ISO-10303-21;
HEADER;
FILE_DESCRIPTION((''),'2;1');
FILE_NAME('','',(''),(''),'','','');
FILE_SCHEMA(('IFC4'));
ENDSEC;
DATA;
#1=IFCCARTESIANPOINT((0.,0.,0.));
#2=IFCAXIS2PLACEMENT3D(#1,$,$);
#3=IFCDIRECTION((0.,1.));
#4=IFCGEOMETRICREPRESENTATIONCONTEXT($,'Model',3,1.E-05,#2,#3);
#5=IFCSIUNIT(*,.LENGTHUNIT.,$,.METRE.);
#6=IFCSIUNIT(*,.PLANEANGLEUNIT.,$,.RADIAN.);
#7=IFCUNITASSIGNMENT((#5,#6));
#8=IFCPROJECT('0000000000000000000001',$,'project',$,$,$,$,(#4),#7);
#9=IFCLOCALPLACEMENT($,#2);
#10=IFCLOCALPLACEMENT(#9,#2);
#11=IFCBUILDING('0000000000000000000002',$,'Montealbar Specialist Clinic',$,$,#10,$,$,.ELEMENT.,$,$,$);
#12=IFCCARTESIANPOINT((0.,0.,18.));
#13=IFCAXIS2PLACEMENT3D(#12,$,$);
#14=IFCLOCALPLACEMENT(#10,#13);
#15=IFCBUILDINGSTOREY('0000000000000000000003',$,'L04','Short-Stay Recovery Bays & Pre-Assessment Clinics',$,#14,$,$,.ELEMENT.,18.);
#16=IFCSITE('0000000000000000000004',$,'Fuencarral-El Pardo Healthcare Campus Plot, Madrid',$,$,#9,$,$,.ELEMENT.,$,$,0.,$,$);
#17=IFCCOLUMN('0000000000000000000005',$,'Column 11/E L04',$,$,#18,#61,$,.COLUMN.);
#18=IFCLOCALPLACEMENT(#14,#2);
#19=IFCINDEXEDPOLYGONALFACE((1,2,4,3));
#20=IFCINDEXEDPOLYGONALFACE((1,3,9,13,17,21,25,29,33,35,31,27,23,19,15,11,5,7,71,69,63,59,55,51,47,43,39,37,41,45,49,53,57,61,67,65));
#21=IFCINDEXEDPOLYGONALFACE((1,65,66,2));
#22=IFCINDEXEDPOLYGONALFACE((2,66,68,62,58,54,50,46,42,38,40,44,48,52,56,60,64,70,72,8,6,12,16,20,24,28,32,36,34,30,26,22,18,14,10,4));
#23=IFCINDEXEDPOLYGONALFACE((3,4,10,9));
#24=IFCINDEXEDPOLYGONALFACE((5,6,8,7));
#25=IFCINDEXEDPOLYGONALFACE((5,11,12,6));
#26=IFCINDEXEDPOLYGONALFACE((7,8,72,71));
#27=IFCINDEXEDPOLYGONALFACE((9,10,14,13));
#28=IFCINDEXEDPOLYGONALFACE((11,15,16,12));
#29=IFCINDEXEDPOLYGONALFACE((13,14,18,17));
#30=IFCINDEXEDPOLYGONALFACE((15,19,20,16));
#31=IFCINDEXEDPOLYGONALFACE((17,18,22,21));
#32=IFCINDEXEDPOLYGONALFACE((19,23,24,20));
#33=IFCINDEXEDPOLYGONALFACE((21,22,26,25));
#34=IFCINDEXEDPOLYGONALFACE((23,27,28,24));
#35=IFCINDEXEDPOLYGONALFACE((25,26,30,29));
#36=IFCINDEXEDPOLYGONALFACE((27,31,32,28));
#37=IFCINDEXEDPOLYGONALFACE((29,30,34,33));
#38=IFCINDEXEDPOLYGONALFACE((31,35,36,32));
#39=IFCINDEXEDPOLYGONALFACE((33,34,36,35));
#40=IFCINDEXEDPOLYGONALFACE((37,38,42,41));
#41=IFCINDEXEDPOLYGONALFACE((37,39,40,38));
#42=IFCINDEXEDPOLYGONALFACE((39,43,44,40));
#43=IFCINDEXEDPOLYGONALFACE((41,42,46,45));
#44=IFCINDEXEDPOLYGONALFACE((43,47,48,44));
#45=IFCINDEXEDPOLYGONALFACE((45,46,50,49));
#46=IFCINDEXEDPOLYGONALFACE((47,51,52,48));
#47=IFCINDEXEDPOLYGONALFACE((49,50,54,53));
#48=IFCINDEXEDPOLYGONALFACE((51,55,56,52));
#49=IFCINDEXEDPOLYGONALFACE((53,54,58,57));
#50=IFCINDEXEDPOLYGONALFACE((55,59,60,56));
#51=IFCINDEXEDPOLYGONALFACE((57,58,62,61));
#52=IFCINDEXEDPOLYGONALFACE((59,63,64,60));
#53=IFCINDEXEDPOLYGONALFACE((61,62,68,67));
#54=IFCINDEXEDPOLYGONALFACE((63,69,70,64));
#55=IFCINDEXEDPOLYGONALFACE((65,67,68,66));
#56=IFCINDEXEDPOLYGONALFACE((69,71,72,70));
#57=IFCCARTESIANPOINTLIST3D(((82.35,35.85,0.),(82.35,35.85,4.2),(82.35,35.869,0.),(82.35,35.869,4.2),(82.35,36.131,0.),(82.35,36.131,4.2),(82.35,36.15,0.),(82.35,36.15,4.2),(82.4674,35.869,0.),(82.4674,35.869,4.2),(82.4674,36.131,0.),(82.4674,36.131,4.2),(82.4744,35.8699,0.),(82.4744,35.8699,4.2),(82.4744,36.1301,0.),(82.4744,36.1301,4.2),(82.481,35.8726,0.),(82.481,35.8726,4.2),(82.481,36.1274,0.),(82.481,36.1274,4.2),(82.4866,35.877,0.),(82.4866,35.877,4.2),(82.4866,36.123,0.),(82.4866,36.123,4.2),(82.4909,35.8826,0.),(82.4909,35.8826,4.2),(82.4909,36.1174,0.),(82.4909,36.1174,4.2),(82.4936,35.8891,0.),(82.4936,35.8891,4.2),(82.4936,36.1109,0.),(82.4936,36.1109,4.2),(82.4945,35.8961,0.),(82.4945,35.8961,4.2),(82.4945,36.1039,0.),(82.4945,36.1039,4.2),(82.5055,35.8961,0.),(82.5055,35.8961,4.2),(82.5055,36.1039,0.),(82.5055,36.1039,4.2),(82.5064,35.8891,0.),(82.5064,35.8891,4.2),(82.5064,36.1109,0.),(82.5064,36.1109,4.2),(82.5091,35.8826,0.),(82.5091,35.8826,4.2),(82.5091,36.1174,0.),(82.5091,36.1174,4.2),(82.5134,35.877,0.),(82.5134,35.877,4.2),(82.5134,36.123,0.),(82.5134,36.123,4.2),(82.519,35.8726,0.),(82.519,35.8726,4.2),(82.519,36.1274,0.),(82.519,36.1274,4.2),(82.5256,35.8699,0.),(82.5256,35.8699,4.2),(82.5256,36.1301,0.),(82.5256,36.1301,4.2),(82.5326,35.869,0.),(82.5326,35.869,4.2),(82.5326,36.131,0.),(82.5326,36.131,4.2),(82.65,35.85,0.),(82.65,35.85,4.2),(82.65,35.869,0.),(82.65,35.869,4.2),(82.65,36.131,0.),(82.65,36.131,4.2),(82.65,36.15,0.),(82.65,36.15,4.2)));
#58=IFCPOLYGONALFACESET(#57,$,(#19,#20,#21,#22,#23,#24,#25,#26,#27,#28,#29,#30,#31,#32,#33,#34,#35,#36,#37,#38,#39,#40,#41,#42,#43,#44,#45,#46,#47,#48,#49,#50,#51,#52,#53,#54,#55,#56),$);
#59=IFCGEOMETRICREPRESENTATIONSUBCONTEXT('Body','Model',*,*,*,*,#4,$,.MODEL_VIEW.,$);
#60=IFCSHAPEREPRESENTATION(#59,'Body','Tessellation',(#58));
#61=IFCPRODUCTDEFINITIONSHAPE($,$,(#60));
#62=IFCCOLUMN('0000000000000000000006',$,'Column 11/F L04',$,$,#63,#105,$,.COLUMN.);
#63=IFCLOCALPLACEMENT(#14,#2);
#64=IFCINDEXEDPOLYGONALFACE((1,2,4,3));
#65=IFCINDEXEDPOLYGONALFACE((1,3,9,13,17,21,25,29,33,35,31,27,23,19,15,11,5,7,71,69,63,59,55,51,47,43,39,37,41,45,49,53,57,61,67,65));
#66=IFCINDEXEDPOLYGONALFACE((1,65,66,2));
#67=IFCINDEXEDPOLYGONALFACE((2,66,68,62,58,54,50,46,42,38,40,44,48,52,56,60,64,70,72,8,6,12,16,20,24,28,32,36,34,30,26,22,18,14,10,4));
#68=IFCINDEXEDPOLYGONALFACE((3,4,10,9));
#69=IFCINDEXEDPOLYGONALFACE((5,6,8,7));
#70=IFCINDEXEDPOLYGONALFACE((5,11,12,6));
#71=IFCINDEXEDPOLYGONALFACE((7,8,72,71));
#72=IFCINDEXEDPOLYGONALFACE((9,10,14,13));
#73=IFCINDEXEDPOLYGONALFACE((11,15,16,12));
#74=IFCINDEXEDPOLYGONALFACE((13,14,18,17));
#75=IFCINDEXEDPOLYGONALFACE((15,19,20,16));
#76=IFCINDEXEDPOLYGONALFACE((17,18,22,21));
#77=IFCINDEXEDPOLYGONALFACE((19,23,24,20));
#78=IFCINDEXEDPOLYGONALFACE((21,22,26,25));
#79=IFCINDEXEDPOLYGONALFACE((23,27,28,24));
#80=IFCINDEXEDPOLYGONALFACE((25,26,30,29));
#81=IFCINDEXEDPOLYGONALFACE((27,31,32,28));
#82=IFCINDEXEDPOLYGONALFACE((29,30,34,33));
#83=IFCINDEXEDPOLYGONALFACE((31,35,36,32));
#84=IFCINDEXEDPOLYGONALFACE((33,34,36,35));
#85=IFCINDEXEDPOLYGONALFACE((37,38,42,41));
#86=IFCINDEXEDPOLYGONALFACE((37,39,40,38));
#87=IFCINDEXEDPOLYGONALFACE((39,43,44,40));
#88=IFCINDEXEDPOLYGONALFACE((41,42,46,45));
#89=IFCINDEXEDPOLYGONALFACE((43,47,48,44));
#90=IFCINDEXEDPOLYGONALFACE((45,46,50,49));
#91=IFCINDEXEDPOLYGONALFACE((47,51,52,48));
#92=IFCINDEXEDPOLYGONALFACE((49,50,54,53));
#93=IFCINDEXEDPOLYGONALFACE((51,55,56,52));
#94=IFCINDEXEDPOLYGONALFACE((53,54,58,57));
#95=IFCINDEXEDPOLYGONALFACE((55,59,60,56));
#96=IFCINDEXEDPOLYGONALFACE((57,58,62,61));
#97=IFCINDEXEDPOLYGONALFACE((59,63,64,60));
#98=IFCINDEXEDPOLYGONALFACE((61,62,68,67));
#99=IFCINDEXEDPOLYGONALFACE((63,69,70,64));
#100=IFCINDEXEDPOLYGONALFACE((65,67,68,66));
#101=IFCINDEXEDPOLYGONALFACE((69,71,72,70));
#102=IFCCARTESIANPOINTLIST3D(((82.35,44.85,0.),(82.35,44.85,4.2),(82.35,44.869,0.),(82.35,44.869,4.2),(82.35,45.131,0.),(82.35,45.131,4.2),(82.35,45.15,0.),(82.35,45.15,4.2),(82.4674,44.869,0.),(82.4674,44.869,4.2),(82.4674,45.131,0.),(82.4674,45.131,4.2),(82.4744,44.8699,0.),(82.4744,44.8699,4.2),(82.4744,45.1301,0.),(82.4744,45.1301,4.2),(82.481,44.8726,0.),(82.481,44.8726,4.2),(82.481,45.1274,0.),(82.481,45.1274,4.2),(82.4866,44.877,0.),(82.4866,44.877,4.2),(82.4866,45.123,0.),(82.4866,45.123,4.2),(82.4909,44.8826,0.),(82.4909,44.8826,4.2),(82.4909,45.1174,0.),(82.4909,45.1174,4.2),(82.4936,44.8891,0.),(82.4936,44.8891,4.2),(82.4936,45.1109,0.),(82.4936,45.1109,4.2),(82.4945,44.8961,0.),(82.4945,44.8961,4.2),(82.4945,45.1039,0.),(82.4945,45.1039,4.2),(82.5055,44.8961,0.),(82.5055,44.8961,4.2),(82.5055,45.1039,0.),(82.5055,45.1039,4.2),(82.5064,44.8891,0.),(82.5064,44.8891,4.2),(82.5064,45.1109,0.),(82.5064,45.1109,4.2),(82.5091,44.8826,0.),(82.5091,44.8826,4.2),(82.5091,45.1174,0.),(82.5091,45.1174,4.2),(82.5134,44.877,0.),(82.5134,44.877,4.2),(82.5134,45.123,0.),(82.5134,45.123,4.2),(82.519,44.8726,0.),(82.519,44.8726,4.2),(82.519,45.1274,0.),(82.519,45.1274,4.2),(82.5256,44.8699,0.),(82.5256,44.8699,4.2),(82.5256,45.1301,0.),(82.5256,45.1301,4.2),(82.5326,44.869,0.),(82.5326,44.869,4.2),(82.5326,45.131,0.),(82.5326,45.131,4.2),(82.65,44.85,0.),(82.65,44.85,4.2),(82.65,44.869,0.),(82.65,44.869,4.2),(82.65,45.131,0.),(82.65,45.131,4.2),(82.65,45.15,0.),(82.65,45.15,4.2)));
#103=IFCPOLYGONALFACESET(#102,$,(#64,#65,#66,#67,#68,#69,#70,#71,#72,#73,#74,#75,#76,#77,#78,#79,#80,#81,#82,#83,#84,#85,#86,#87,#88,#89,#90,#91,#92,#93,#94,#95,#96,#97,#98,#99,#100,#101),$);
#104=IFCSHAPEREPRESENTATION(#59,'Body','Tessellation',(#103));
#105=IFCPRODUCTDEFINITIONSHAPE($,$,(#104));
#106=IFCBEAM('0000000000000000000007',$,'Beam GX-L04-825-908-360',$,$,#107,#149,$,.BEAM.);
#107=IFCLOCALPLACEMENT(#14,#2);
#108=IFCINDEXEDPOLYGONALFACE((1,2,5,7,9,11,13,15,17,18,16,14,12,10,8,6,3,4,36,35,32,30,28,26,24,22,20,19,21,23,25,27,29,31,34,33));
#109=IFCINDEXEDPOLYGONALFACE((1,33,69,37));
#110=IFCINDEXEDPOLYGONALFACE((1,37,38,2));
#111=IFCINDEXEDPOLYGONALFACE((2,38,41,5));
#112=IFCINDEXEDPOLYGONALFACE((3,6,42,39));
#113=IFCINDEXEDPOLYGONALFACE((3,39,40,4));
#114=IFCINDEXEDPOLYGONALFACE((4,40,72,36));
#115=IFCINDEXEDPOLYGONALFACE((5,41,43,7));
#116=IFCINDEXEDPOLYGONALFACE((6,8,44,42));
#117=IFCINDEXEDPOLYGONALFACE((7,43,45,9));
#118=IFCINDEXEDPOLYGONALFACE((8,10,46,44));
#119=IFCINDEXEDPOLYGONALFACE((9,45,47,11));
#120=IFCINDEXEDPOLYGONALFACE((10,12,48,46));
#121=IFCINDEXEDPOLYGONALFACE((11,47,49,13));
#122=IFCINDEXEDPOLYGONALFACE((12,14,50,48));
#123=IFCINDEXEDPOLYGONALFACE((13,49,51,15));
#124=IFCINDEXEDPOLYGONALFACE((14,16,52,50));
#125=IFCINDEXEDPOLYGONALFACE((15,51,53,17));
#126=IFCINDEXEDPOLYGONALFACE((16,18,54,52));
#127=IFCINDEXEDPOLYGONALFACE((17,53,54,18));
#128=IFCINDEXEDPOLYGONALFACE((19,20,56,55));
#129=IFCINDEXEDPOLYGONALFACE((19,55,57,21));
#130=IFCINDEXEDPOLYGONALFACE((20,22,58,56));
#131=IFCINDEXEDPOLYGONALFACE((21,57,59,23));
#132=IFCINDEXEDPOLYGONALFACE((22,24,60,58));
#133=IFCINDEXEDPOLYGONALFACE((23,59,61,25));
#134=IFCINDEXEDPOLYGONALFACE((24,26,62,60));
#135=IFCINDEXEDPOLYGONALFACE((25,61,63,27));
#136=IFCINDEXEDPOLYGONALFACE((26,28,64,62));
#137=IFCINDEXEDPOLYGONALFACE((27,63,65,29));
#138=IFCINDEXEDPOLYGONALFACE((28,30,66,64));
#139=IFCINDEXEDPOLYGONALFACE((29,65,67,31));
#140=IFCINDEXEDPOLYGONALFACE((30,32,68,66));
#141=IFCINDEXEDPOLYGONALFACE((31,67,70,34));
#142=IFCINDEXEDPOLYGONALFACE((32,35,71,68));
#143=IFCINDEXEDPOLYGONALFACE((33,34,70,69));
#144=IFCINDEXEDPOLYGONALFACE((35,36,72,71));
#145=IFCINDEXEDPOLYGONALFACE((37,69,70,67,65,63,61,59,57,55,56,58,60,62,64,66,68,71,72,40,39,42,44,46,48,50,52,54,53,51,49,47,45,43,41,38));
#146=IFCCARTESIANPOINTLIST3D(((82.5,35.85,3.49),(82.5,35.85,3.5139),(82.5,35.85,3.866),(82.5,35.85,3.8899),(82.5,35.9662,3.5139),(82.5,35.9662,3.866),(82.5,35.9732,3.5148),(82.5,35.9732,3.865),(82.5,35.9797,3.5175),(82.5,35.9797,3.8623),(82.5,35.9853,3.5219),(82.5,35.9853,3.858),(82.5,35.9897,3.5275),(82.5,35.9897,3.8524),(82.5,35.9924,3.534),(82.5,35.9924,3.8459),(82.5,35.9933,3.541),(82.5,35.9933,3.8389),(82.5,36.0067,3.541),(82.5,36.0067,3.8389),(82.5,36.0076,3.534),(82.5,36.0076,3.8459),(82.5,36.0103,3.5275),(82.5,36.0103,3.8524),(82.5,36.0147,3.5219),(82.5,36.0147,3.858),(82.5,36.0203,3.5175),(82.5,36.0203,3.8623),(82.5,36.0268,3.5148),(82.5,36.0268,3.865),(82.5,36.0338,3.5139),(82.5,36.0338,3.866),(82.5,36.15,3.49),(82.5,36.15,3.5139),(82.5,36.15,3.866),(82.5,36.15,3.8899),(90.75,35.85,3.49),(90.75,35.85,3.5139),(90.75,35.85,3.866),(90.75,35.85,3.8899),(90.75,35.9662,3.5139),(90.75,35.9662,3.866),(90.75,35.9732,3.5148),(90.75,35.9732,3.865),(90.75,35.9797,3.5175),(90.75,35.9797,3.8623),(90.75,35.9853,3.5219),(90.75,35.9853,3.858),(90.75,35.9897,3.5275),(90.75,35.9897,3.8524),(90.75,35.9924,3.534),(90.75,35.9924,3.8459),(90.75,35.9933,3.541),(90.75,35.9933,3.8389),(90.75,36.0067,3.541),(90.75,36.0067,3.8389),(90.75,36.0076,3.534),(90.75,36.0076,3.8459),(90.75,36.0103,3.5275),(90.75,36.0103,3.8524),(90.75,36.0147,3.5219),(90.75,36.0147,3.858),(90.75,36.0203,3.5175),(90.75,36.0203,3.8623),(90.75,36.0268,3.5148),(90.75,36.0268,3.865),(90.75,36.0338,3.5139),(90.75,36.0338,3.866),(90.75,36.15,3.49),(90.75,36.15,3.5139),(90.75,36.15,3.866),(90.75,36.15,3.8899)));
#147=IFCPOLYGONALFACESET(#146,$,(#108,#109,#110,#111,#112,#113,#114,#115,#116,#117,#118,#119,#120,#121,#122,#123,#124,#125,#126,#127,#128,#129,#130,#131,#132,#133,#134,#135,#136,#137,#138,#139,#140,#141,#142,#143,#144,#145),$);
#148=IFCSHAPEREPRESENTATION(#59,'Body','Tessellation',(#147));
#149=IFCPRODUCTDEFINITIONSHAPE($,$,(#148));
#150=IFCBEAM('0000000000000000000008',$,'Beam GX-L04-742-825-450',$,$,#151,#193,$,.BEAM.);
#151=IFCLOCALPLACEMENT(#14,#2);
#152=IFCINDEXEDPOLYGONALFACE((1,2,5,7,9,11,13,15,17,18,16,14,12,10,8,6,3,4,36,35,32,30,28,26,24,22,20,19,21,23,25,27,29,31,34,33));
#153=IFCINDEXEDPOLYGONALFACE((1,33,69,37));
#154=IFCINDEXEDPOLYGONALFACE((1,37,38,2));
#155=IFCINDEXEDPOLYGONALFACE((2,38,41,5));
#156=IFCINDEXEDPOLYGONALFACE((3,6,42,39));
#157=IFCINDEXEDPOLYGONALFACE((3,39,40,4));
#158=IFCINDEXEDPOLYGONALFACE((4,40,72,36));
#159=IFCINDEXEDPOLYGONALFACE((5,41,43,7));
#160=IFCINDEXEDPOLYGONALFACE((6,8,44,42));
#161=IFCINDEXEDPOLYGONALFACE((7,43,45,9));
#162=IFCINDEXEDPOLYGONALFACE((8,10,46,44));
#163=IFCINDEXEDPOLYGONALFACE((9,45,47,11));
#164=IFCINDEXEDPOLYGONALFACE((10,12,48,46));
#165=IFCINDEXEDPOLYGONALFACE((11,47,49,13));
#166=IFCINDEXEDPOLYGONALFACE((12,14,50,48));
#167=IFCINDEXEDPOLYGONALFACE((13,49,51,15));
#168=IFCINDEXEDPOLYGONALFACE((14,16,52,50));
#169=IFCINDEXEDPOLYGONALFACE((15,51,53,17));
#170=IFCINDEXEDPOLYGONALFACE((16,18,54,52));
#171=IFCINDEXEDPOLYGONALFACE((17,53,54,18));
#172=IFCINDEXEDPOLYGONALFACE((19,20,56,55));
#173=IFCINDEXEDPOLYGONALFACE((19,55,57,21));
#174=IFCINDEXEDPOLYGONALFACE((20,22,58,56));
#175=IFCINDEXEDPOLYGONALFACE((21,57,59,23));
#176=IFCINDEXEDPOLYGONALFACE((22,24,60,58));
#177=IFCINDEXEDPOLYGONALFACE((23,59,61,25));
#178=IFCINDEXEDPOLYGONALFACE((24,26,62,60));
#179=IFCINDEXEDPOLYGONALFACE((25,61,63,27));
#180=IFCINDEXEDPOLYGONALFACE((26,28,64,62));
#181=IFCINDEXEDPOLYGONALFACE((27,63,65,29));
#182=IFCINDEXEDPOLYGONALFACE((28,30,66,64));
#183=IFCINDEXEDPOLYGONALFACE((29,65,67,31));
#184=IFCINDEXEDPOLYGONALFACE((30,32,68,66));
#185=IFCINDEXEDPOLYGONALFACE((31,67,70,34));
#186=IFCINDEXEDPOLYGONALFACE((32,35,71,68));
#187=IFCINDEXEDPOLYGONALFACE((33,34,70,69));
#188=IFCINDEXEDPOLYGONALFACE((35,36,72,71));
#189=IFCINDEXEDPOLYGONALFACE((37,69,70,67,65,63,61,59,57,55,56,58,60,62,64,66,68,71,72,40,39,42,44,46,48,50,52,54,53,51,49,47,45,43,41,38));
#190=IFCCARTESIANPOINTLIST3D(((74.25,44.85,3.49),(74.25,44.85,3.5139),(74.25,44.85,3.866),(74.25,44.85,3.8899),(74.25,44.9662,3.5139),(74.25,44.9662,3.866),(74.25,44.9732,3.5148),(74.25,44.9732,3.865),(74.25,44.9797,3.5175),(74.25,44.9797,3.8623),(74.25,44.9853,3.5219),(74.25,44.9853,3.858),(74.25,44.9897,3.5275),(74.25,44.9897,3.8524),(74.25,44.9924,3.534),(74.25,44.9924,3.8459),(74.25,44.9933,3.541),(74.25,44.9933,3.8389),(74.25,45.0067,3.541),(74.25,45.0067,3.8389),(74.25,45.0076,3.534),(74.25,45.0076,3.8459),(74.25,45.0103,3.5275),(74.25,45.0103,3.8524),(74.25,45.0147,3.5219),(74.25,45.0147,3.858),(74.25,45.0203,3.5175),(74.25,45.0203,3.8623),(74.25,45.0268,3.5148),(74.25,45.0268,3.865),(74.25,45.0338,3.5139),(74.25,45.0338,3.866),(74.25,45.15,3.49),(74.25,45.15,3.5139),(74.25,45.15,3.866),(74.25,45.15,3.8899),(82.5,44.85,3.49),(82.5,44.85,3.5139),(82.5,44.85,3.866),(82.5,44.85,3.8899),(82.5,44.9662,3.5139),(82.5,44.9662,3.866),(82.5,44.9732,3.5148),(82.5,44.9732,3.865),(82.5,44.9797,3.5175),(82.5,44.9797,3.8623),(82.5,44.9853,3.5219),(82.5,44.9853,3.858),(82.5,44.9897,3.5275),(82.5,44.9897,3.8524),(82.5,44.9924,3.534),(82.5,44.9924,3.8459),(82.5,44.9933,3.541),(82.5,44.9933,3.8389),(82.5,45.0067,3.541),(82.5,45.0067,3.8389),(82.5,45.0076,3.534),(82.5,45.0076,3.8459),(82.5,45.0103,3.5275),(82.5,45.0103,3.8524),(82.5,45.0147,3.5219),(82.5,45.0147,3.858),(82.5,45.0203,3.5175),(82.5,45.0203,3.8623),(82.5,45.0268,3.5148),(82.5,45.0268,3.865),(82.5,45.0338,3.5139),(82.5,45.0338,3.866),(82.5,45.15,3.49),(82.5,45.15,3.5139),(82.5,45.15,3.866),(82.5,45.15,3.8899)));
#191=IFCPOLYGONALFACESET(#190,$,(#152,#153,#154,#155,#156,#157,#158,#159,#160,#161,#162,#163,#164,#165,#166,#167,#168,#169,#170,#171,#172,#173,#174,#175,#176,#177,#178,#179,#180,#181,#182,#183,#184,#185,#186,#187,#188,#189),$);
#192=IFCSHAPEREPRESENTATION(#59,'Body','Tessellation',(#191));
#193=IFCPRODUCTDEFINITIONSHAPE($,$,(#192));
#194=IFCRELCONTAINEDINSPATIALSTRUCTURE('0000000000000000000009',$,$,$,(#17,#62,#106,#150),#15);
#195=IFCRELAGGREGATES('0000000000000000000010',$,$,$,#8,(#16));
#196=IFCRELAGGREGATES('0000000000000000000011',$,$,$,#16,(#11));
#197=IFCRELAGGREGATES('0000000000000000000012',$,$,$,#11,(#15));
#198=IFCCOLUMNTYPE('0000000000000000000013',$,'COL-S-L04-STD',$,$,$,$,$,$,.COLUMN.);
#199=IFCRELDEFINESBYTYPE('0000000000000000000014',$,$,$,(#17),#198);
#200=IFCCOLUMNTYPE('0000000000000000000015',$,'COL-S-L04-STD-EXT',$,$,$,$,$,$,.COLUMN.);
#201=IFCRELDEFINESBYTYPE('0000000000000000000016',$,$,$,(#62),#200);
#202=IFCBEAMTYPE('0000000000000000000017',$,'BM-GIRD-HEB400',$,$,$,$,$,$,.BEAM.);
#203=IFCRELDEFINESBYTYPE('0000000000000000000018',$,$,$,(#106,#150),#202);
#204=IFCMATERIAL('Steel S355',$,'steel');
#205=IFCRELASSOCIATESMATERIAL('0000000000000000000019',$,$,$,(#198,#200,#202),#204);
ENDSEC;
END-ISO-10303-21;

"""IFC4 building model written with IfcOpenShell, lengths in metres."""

from ifc_helpers import new_model, si_unit, direction, frame, origin, origin_2d, place, context, subcontext, project, spatial, i_section, extrude, material, material_profile, profile_set, type_object, element, save


model = new_model("IFC4")

# Units and contexts
model_context = context("Model", 3, precision=1e-05, world=origin(), true_north=direction((0.0, 1.0)))
body_context = subcontext(model_context, "Body", "Model", "MODEL_VIEW")
ifc_project = project(units=[si_unit("LENGTHUNIT", "METRE"), si_unit("PLANEANGLEUNIT", "RADIAN")], contexts=[model_context])

# Site, building, storey
site_placement = place(None, origin())
site = spatial("IfcSite", under=ifc_project, at=site_placement, Name="Fuencarral-El Pardo Healthcare Campus Plot, Madrid", CompositionType="ELEMENT", RefElevation=0.0)
building_placement = place(site_placement, origin())
building = spatial("IfcBuilding", under=site, at=building_placement, Name="Montealbar Specialist Clinic", CompositionType="ELEMENT")
storey_placement = place(building_placement, frame((0.0, 0.0, 18.0)))
storey = spatial("IfcBuildingStorey", under=building, at=storey_placement, Name="L04", Description="Short-Stay Recovery Bays & Pre-Assessment Clinics", CompositionType="ELEMENT", Elevation=18.0)

# Columns
ifc_material_1 = material(Name="Steel S355", Category="steel")
ifc_material_profile_1 = material_profile(ifc_material_1, i_section(OverallWidth=0.3, OverallDepth=0.3, WebThickness=0.011, FlangeThickness=0.019, FilletRadius=0.0271, at=origin_2d()), Name="HEB 300", Category="steel")
ifc_profile_set_1 = profile_set([ifc_material_profile_1], Name="Steel S355")
column_type_1 = type_object("IfcColumnType", Name="COL-S-L04-STD", PredefinedType="COLUMN", material=ifc_profile_set_1)
column_1_placement = place(storey_placement, frame((82.5, 36.0, 0.0), z_axis=(0.0, 0.0, 1.0), x_axis=(1.0, 0.0, 0.0)))
element("IfcColumn", 1, at=column_1_placement, inside=storey, type_object=column_type_1, Name="Column 11/E L04", PredefinedType="COLUMN", context=body_context, shape_type="SweptSolid", body=[
    extrude(i_section(OverallWidth=0.3, OverallDepth=0.3, WebThickness=0.011, FlangeThickness=0.019, FilletRadius=0.0271, at=origin_2d()), origin(), (0.0, 0.0, 1.0), 4.2),
])
ifc_material_profile_2 = material_profile(ifc_material_1, i_section(OverallWidth=0.3, OverallDepth=0.3, WebThickness=0.011, FlangeThickness=0.019, FilletRadius=0.0271, at=origin_2d()), Name="HEB 300", Category="steel")
ifc_profile_set_2 = profile_set([ifc_material_profile_2], Name="Steel S355")
column_type_2 = type_object("IfcColumnType", Name="COL-S-L04-STD-EXT", PredefinedType="COLUMN", material=ifc_profile_set_2)
column_2_placement = place(storey_placement, frame((82.5, 45.0, 0.0), z_axis=(0.0, 0.0, 1.0), x_axis=(1.0, 0.0, 0.0)))
element("IfcColumn", 2, at=column_2_placement, inside=storey, type_object=column_type_2, Name="Column 11/F L04", PredefinedType="COLUMN", context=body_context, shape_type="SweptSolid", body=[
    extrude(i_section(OverallWidth=0.3, OverallDepth=0.3, WebThickness=0.011, FlangeThickness=0.019, FilletRadius=0.0271, at=origin_2d()), origin(), (0.0, 0.0, 1.0), 4.2),
])

# Beams
ifc_material_profile_3 = material_profile(ifc_material_1, i_section(OverallWidth=0.3, OverallDepth=0.3999, WebThickness=0.0134, FlangeThickness=0.0239, FilletRadius=0.0271, at=origin_2d()), Name="HEB 400", Category="steel")
ifc_profile_set_3 = profile_set([ifc_material_profile_3], Name="Steel S355")
beam_type_1 = type_object("IfcBeamType", Name="BM-GIRD-HEB400", PredefinedType="BEAM", material=ifc_profile_set_3)
for number, where, z_axis, x_axis, name in (
    (3, (82.5, 36.0, 3.6899), (1.0, 0.0, 0.0), (0.0, 1.0, 0.0), "Beam GX-L04-825-908-360"),
    (4, (74.25, 45.0, 3.6899), (1.0, 0.0, 0.0), (0.0, 1.0, 0.0), "Beam GX-L04-742-825-450"),
):
    element("IfcBeam", number, at=place(storey_placement, frame(where, z_axis=z_axis, x_axis=x_axis)), inside=storey, type_object=beam_type_1, Name=name, PredefinedType="BEAM", context=body_context, shape_type="SweptSolid", body=[
        extrude(i_section(OverallWidth=0.3, OverallDepth=0.3999, WebThickness=0.0134, FlangeThickness=0.0239, FilletRadius=0.0271, at=origin_2d()), origin(), (0.0, 0.0, 1.0), 8.25),
    ])

save(model, "model.ifc")
